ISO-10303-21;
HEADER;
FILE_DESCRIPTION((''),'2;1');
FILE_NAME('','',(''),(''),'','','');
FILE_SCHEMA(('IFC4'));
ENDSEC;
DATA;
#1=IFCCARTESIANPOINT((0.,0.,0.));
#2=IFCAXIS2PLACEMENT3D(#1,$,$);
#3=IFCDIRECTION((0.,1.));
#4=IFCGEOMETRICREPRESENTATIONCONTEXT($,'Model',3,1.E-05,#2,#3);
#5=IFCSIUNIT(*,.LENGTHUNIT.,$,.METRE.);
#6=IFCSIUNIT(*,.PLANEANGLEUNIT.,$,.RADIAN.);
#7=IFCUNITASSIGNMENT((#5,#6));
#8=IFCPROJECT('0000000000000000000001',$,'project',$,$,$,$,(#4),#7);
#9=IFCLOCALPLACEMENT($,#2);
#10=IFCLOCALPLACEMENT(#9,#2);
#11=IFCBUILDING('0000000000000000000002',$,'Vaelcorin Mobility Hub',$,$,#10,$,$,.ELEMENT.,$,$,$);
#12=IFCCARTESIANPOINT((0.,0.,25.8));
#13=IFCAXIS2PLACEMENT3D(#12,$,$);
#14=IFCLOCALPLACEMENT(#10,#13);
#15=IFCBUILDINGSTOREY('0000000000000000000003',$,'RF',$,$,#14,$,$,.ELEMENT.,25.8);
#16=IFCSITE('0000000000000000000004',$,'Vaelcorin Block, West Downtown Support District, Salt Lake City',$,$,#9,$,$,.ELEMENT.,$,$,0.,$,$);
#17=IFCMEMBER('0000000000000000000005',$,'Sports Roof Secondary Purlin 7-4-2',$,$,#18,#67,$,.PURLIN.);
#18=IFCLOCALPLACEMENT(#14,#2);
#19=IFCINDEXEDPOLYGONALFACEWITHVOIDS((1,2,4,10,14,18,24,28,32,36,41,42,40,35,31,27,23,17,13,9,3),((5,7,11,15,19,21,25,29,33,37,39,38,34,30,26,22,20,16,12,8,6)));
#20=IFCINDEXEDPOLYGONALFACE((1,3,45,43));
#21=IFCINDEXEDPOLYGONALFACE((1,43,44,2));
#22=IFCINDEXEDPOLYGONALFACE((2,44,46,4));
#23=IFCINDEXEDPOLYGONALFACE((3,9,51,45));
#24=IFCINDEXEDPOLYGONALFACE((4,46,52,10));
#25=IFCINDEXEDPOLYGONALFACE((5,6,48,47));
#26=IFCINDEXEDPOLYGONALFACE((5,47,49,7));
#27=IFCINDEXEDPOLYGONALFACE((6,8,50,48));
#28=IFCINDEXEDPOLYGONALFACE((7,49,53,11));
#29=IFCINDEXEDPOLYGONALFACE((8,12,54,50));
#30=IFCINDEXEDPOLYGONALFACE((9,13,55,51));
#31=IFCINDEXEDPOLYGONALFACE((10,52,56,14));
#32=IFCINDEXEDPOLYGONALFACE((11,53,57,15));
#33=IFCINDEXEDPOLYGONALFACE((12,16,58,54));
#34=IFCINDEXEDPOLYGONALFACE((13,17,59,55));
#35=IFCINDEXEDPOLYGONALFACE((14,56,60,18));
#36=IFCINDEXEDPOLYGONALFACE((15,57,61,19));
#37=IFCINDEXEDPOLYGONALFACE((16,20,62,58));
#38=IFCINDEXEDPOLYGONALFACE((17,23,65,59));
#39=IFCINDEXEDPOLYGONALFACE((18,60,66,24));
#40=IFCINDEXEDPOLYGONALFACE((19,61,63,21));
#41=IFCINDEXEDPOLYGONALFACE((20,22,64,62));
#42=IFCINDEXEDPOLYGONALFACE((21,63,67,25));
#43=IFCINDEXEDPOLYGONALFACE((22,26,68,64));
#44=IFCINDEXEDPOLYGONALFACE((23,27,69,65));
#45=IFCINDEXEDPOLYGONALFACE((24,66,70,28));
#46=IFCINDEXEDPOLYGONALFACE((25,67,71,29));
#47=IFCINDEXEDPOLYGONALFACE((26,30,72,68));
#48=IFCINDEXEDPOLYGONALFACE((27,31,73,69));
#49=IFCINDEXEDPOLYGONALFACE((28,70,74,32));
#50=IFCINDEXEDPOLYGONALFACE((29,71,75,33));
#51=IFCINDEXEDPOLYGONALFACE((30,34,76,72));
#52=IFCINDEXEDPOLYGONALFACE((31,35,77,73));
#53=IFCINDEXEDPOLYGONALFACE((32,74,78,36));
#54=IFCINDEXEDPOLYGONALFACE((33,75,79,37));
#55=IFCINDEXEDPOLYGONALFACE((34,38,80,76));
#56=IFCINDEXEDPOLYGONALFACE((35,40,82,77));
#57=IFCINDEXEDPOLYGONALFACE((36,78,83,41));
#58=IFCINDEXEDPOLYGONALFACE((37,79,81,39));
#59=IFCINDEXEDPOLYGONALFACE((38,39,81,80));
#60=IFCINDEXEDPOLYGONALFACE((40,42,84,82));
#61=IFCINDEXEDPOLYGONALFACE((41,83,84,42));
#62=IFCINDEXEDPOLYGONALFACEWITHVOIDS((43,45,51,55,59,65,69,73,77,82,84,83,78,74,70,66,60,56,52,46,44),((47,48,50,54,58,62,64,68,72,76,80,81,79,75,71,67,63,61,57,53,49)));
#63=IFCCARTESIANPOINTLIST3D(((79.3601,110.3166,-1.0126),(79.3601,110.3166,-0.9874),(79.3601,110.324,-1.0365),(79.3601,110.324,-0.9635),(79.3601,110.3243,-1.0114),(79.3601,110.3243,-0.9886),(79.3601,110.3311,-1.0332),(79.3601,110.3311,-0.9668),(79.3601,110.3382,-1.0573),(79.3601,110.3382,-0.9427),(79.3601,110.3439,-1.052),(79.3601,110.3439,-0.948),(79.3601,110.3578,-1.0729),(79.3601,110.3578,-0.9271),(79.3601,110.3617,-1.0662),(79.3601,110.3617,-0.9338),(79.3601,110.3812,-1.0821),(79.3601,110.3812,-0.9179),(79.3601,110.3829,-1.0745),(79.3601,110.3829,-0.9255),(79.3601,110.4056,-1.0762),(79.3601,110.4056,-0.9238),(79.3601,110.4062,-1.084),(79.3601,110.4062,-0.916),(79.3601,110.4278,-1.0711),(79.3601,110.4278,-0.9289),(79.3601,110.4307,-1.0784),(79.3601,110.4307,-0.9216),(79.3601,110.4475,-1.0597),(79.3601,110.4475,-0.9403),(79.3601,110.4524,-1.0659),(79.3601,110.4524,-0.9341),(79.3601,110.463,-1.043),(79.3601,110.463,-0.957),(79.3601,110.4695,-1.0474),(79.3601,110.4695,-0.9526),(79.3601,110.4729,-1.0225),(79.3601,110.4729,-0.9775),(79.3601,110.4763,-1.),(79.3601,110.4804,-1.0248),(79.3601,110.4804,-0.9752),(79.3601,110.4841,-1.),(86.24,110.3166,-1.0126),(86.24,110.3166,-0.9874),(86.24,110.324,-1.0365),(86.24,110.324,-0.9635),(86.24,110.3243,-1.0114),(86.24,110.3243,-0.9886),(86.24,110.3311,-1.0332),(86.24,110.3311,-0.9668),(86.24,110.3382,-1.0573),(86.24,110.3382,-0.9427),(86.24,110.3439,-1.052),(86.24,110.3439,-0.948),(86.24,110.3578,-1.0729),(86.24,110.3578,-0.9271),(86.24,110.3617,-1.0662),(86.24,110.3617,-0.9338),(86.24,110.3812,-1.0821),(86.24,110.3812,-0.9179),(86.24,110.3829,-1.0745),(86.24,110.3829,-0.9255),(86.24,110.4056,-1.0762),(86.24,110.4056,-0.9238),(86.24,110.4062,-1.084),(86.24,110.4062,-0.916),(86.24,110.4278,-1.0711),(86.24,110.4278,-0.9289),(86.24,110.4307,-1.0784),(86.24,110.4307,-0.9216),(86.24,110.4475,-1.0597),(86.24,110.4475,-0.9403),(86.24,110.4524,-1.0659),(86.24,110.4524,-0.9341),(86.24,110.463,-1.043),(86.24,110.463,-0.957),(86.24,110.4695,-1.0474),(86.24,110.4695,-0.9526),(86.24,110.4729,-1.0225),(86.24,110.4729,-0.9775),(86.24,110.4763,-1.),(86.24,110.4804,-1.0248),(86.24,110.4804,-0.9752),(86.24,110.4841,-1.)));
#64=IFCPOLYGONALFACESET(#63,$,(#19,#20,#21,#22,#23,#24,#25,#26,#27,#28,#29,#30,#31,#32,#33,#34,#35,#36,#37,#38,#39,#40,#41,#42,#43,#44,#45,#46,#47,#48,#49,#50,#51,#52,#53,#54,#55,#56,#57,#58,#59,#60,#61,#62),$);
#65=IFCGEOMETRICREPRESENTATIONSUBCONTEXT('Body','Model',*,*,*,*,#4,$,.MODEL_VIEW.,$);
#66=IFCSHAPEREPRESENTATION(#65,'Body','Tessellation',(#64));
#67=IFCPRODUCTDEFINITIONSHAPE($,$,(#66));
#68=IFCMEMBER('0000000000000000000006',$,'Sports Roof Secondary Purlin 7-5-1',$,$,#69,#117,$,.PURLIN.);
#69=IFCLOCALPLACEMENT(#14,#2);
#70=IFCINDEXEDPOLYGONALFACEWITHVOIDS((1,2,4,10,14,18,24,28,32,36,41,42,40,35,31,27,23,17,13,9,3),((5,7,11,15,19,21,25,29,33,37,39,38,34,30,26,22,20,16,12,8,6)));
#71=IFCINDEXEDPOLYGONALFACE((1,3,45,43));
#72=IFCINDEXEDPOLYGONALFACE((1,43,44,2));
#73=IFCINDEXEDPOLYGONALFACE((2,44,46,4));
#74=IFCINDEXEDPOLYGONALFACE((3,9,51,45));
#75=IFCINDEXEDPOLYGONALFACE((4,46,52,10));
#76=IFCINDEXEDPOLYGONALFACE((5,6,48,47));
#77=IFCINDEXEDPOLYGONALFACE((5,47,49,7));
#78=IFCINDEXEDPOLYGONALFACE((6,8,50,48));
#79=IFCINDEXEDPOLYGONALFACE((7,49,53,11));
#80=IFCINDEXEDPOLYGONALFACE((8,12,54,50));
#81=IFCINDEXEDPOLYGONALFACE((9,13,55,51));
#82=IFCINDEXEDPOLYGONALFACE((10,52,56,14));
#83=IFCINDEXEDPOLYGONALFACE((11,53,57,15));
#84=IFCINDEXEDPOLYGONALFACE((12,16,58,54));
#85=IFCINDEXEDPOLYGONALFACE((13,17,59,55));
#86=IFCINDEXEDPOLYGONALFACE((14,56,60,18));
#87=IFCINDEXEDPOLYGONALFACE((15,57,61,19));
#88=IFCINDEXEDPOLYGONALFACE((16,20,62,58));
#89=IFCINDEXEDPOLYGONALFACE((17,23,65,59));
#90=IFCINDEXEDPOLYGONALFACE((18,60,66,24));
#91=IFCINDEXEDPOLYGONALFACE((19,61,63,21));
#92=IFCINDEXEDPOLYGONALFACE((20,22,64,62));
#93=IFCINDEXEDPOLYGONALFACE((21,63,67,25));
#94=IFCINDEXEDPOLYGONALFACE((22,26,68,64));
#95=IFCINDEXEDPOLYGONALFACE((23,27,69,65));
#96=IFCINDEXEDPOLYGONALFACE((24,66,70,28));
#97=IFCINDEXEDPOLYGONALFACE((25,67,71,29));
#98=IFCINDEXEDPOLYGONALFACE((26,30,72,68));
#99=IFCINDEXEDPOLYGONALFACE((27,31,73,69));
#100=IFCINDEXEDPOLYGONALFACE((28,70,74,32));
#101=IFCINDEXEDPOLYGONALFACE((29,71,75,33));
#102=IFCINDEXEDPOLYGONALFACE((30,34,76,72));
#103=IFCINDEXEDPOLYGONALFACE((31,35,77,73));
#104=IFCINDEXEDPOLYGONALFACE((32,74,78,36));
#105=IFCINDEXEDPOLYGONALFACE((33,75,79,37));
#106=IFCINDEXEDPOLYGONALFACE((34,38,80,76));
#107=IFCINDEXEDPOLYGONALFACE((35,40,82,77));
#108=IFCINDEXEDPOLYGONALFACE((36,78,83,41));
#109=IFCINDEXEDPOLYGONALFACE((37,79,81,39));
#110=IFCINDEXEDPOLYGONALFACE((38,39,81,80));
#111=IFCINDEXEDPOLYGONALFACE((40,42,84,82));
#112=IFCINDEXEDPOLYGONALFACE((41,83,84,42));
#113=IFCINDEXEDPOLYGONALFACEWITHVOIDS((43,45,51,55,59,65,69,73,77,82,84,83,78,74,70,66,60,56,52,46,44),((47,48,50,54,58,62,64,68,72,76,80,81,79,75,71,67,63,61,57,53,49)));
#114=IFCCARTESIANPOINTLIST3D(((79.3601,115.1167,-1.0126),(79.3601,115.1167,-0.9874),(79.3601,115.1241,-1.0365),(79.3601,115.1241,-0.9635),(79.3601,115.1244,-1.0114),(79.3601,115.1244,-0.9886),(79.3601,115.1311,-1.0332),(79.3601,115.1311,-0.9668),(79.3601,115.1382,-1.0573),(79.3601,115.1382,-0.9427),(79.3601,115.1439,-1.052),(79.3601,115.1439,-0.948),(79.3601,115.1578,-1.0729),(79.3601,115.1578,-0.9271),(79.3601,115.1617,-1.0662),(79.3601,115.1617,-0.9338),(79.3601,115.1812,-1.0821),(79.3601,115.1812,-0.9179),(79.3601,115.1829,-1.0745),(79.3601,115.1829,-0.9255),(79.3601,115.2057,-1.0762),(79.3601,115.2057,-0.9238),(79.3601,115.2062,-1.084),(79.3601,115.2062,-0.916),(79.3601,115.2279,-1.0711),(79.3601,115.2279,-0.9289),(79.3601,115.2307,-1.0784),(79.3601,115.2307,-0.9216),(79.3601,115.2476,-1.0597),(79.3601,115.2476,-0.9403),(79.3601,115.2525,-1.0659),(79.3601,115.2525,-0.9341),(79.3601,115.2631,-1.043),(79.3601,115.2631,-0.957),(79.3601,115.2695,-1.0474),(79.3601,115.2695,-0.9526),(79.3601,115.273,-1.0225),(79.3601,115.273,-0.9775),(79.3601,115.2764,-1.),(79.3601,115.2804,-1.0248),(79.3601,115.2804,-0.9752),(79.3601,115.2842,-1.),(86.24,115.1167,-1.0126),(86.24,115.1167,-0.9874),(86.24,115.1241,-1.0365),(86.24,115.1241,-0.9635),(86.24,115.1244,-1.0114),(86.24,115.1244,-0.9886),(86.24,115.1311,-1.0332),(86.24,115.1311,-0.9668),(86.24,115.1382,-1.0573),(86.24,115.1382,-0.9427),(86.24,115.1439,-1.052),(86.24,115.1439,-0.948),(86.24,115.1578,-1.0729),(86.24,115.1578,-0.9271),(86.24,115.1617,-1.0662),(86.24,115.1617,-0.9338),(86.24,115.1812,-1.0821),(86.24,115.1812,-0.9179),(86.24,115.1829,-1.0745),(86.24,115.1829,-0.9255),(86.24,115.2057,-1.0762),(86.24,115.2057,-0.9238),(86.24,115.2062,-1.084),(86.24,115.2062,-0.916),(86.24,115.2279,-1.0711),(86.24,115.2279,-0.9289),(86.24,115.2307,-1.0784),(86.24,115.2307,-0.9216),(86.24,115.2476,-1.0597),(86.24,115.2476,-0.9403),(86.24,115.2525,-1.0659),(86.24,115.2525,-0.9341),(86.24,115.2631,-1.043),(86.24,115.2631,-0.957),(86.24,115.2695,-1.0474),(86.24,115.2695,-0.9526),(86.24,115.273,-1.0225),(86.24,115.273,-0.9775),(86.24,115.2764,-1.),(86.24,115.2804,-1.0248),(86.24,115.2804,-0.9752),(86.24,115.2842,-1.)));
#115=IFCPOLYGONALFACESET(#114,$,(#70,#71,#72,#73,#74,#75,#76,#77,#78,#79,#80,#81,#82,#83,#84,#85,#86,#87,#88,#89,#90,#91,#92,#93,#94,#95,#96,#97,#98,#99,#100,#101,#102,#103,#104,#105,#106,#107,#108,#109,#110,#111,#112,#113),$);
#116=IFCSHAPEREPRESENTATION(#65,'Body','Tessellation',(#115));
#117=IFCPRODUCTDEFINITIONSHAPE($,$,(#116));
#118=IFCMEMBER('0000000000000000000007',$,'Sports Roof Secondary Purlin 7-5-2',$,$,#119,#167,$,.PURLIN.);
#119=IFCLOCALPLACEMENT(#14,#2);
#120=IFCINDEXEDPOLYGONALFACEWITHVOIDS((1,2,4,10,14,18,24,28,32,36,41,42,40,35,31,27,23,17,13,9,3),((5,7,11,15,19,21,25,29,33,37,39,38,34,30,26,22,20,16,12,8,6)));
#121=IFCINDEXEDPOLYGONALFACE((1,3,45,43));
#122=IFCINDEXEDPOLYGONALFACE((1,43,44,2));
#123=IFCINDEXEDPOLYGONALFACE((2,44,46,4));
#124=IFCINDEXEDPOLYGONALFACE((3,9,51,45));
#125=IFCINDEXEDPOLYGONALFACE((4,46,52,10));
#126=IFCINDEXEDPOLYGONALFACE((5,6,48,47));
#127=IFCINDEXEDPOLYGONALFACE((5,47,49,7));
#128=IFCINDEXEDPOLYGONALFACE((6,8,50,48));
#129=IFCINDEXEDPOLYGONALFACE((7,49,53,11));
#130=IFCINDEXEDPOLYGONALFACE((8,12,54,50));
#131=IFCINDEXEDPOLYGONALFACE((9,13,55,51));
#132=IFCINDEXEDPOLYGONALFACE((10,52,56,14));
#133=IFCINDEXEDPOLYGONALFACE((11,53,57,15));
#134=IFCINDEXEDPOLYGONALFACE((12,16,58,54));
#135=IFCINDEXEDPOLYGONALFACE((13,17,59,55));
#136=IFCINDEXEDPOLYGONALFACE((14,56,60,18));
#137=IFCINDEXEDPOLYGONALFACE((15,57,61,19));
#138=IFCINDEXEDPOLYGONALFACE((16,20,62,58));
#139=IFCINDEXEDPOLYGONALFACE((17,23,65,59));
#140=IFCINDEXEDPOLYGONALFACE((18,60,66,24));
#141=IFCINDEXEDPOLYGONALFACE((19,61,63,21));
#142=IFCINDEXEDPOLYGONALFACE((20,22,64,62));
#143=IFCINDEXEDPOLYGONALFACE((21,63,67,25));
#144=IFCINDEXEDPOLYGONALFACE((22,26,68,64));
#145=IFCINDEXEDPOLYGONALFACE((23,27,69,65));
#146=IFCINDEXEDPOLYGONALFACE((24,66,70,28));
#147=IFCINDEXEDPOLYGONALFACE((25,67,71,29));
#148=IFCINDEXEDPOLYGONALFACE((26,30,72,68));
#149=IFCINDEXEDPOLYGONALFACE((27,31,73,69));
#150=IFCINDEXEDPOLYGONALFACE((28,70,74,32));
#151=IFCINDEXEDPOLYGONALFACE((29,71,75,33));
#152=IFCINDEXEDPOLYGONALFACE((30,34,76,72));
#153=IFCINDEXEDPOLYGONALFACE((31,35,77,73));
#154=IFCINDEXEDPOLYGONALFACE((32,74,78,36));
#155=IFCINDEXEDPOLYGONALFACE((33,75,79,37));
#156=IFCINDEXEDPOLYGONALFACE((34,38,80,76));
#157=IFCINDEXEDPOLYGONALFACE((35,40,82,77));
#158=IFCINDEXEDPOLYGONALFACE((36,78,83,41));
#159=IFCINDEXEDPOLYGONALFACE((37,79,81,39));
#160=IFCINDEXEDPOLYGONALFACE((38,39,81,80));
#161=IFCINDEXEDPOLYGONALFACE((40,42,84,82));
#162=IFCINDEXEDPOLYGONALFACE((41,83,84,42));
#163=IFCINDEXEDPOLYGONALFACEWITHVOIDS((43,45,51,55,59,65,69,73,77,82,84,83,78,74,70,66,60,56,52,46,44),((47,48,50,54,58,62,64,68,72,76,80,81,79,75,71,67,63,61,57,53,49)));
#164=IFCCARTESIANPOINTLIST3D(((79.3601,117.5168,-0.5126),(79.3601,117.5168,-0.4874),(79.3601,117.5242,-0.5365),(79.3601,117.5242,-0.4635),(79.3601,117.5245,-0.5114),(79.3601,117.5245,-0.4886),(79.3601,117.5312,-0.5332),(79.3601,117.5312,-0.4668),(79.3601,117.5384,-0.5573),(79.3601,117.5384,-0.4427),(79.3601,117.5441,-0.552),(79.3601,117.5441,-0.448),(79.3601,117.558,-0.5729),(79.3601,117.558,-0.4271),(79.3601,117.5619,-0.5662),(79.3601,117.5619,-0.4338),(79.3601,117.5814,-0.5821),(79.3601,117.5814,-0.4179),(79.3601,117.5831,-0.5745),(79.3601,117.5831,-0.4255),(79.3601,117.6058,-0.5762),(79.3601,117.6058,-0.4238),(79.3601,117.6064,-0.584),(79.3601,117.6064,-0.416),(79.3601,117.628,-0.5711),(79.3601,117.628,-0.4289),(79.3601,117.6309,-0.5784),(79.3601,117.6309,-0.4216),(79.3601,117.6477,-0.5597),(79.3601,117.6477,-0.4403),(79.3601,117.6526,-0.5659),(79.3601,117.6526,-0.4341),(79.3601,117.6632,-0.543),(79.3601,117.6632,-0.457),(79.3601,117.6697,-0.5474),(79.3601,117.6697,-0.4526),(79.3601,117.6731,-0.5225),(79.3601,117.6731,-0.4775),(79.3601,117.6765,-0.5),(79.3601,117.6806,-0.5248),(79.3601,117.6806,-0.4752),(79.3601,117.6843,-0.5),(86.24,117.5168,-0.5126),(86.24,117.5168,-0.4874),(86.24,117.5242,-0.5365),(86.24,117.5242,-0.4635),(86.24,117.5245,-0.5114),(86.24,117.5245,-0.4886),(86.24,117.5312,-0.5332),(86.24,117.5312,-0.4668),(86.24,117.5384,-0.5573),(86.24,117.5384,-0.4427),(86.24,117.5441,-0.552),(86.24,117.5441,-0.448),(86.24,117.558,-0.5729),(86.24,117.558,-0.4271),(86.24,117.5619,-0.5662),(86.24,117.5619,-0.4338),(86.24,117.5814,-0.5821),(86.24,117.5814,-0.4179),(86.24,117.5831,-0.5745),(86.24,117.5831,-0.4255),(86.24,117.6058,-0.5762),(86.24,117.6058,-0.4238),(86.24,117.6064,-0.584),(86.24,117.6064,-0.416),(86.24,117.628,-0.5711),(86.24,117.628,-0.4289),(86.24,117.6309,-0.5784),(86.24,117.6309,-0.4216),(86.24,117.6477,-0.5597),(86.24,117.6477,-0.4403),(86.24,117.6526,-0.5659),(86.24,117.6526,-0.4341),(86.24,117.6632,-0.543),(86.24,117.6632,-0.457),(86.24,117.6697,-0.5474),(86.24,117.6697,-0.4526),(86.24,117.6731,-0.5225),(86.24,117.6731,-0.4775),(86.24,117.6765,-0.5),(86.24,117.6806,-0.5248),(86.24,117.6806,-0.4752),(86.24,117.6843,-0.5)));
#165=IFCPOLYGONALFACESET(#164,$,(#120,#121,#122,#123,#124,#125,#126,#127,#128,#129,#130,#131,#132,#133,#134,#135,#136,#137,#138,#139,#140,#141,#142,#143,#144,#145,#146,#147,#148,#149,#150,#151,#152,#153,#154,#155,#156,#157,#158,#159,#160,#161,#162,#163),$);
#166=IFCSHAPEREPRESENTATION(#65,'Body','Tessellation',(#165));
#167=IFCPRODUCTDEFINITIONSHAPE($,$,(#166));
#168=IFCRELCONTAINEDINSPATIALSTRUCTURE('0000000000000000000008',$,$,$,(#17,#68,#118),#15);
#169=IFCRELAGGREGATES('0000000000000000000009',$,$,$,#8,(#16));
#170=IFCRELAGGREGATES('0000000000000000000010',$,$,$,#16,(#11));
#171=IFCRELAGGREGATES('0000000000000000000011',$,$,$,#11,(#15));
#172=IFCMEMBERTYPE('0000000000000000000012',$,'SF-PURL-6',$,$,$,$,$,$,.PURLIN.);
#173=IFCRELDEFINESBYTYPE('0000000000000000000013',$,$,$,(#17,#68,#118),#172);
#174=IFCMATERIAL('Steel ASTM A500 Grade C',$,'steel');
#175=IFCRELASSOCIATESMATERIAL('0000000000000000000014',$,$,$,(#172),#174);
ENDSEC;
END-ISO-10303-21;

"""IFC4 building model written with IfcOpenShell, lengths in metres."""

from ifc_helpers import new_model, si_unit, direction, frame, origin, origin_2d, place, context, subcontext, project, spatial, hollow_circle, extrude, material, material_profile, profile_set, type_object, element, save


model = new_model("IFC4")

# Units and contexts
model_context = context("Model", 3, precision=1e-05, world=origin(), true_north=direction((0.0, 1.0)))
body_context = subcontext(model_context, "Body", "Model", "MODEL_VIEW")
ifc_project = project(units=[si_unit("LENGTHUNIT", "METRE"), si_unit("PLANEANGLEUNIT", "RADIAN")], contexts=[model_context])

# Site, building, storey
site_placement = place(None, origin())
site = spatial("IfcSite", under=ifc_project, at=site_placement, Name="Vaelcorin Block, West Downtown Support District, Salt Lake City", CompositionType="ELEMENT", RefElevation=0.0)
building_placement = place(site_placement, origin())
building = spatial("IfcBuilding", under=site, at=building_placement, Name="Vaelcorin Mobility Hub", CompositionType="ELEMENT")
storey_placement = place(building_placement, frame((0.0, 0.0, 25.8)))
storey = spatial("IfcBuildingStorey", under=building, at=storey_placement, Name="RF", CompositionType="ELEMENT", Elevation=25.8)

# Members
ifc_material_1 = material(Name="Steel ASTM A500 Grade C", Category="steel")
ifc_material_profile_1 = material_profile(ifc_material_1, hollow_circle(Radius=0.0842, WallThickness=0.0078, at=origin_2d()), Name="HSS6.625X0.312")
ifc_profile_set_1 = profile_set([ifc_material_profile_1], Name="Steel ASTM A500 Grade C")
member_type_1 = type_object("IfcMemberType", Name="SF-PURL-6", PredefinedType="PURLIN", material=ifc_profile_set_1)
for number, where, z_axis, x_axis, name in (
    (1, (79.3601, 110.3999, -1.0), (1.0, 0.0, 0.0), (0.0, 1.0, 0.0), "Sports Roof Secondary Purlin 7-4-2"),
    (2, (79.3601, 115.2, -1.0), (1.0, 0.0, 0.0), (0.0, 1.0, 0.0), "Sports Roof Secondary Purlin 7-5-1"),
    (3, (79.3601, 117.6001, -0.5), (1.0, 0.0, 0.0), (0.0, 1.0, 0.0), "Sports Roof Secondary Purlin 7-5-2"),
):
    element("IfcMember", number, at=place(storey_placement, frame(where, z_axis=z_axis, x_axis=x_axis)), inside=storey, type_object=member_type_1, Name=name, PredefinedType="PURLIN", context=body_context, shape_type="SweptSolid", body=[
        extrude(hollow_circle(Radius=0.0842, WallThickness=0.0078, at=origin_2d()), origin(), (0.0, 0.0, 1.0), 6.8799),
    ])

save(model, "model.ifc")
